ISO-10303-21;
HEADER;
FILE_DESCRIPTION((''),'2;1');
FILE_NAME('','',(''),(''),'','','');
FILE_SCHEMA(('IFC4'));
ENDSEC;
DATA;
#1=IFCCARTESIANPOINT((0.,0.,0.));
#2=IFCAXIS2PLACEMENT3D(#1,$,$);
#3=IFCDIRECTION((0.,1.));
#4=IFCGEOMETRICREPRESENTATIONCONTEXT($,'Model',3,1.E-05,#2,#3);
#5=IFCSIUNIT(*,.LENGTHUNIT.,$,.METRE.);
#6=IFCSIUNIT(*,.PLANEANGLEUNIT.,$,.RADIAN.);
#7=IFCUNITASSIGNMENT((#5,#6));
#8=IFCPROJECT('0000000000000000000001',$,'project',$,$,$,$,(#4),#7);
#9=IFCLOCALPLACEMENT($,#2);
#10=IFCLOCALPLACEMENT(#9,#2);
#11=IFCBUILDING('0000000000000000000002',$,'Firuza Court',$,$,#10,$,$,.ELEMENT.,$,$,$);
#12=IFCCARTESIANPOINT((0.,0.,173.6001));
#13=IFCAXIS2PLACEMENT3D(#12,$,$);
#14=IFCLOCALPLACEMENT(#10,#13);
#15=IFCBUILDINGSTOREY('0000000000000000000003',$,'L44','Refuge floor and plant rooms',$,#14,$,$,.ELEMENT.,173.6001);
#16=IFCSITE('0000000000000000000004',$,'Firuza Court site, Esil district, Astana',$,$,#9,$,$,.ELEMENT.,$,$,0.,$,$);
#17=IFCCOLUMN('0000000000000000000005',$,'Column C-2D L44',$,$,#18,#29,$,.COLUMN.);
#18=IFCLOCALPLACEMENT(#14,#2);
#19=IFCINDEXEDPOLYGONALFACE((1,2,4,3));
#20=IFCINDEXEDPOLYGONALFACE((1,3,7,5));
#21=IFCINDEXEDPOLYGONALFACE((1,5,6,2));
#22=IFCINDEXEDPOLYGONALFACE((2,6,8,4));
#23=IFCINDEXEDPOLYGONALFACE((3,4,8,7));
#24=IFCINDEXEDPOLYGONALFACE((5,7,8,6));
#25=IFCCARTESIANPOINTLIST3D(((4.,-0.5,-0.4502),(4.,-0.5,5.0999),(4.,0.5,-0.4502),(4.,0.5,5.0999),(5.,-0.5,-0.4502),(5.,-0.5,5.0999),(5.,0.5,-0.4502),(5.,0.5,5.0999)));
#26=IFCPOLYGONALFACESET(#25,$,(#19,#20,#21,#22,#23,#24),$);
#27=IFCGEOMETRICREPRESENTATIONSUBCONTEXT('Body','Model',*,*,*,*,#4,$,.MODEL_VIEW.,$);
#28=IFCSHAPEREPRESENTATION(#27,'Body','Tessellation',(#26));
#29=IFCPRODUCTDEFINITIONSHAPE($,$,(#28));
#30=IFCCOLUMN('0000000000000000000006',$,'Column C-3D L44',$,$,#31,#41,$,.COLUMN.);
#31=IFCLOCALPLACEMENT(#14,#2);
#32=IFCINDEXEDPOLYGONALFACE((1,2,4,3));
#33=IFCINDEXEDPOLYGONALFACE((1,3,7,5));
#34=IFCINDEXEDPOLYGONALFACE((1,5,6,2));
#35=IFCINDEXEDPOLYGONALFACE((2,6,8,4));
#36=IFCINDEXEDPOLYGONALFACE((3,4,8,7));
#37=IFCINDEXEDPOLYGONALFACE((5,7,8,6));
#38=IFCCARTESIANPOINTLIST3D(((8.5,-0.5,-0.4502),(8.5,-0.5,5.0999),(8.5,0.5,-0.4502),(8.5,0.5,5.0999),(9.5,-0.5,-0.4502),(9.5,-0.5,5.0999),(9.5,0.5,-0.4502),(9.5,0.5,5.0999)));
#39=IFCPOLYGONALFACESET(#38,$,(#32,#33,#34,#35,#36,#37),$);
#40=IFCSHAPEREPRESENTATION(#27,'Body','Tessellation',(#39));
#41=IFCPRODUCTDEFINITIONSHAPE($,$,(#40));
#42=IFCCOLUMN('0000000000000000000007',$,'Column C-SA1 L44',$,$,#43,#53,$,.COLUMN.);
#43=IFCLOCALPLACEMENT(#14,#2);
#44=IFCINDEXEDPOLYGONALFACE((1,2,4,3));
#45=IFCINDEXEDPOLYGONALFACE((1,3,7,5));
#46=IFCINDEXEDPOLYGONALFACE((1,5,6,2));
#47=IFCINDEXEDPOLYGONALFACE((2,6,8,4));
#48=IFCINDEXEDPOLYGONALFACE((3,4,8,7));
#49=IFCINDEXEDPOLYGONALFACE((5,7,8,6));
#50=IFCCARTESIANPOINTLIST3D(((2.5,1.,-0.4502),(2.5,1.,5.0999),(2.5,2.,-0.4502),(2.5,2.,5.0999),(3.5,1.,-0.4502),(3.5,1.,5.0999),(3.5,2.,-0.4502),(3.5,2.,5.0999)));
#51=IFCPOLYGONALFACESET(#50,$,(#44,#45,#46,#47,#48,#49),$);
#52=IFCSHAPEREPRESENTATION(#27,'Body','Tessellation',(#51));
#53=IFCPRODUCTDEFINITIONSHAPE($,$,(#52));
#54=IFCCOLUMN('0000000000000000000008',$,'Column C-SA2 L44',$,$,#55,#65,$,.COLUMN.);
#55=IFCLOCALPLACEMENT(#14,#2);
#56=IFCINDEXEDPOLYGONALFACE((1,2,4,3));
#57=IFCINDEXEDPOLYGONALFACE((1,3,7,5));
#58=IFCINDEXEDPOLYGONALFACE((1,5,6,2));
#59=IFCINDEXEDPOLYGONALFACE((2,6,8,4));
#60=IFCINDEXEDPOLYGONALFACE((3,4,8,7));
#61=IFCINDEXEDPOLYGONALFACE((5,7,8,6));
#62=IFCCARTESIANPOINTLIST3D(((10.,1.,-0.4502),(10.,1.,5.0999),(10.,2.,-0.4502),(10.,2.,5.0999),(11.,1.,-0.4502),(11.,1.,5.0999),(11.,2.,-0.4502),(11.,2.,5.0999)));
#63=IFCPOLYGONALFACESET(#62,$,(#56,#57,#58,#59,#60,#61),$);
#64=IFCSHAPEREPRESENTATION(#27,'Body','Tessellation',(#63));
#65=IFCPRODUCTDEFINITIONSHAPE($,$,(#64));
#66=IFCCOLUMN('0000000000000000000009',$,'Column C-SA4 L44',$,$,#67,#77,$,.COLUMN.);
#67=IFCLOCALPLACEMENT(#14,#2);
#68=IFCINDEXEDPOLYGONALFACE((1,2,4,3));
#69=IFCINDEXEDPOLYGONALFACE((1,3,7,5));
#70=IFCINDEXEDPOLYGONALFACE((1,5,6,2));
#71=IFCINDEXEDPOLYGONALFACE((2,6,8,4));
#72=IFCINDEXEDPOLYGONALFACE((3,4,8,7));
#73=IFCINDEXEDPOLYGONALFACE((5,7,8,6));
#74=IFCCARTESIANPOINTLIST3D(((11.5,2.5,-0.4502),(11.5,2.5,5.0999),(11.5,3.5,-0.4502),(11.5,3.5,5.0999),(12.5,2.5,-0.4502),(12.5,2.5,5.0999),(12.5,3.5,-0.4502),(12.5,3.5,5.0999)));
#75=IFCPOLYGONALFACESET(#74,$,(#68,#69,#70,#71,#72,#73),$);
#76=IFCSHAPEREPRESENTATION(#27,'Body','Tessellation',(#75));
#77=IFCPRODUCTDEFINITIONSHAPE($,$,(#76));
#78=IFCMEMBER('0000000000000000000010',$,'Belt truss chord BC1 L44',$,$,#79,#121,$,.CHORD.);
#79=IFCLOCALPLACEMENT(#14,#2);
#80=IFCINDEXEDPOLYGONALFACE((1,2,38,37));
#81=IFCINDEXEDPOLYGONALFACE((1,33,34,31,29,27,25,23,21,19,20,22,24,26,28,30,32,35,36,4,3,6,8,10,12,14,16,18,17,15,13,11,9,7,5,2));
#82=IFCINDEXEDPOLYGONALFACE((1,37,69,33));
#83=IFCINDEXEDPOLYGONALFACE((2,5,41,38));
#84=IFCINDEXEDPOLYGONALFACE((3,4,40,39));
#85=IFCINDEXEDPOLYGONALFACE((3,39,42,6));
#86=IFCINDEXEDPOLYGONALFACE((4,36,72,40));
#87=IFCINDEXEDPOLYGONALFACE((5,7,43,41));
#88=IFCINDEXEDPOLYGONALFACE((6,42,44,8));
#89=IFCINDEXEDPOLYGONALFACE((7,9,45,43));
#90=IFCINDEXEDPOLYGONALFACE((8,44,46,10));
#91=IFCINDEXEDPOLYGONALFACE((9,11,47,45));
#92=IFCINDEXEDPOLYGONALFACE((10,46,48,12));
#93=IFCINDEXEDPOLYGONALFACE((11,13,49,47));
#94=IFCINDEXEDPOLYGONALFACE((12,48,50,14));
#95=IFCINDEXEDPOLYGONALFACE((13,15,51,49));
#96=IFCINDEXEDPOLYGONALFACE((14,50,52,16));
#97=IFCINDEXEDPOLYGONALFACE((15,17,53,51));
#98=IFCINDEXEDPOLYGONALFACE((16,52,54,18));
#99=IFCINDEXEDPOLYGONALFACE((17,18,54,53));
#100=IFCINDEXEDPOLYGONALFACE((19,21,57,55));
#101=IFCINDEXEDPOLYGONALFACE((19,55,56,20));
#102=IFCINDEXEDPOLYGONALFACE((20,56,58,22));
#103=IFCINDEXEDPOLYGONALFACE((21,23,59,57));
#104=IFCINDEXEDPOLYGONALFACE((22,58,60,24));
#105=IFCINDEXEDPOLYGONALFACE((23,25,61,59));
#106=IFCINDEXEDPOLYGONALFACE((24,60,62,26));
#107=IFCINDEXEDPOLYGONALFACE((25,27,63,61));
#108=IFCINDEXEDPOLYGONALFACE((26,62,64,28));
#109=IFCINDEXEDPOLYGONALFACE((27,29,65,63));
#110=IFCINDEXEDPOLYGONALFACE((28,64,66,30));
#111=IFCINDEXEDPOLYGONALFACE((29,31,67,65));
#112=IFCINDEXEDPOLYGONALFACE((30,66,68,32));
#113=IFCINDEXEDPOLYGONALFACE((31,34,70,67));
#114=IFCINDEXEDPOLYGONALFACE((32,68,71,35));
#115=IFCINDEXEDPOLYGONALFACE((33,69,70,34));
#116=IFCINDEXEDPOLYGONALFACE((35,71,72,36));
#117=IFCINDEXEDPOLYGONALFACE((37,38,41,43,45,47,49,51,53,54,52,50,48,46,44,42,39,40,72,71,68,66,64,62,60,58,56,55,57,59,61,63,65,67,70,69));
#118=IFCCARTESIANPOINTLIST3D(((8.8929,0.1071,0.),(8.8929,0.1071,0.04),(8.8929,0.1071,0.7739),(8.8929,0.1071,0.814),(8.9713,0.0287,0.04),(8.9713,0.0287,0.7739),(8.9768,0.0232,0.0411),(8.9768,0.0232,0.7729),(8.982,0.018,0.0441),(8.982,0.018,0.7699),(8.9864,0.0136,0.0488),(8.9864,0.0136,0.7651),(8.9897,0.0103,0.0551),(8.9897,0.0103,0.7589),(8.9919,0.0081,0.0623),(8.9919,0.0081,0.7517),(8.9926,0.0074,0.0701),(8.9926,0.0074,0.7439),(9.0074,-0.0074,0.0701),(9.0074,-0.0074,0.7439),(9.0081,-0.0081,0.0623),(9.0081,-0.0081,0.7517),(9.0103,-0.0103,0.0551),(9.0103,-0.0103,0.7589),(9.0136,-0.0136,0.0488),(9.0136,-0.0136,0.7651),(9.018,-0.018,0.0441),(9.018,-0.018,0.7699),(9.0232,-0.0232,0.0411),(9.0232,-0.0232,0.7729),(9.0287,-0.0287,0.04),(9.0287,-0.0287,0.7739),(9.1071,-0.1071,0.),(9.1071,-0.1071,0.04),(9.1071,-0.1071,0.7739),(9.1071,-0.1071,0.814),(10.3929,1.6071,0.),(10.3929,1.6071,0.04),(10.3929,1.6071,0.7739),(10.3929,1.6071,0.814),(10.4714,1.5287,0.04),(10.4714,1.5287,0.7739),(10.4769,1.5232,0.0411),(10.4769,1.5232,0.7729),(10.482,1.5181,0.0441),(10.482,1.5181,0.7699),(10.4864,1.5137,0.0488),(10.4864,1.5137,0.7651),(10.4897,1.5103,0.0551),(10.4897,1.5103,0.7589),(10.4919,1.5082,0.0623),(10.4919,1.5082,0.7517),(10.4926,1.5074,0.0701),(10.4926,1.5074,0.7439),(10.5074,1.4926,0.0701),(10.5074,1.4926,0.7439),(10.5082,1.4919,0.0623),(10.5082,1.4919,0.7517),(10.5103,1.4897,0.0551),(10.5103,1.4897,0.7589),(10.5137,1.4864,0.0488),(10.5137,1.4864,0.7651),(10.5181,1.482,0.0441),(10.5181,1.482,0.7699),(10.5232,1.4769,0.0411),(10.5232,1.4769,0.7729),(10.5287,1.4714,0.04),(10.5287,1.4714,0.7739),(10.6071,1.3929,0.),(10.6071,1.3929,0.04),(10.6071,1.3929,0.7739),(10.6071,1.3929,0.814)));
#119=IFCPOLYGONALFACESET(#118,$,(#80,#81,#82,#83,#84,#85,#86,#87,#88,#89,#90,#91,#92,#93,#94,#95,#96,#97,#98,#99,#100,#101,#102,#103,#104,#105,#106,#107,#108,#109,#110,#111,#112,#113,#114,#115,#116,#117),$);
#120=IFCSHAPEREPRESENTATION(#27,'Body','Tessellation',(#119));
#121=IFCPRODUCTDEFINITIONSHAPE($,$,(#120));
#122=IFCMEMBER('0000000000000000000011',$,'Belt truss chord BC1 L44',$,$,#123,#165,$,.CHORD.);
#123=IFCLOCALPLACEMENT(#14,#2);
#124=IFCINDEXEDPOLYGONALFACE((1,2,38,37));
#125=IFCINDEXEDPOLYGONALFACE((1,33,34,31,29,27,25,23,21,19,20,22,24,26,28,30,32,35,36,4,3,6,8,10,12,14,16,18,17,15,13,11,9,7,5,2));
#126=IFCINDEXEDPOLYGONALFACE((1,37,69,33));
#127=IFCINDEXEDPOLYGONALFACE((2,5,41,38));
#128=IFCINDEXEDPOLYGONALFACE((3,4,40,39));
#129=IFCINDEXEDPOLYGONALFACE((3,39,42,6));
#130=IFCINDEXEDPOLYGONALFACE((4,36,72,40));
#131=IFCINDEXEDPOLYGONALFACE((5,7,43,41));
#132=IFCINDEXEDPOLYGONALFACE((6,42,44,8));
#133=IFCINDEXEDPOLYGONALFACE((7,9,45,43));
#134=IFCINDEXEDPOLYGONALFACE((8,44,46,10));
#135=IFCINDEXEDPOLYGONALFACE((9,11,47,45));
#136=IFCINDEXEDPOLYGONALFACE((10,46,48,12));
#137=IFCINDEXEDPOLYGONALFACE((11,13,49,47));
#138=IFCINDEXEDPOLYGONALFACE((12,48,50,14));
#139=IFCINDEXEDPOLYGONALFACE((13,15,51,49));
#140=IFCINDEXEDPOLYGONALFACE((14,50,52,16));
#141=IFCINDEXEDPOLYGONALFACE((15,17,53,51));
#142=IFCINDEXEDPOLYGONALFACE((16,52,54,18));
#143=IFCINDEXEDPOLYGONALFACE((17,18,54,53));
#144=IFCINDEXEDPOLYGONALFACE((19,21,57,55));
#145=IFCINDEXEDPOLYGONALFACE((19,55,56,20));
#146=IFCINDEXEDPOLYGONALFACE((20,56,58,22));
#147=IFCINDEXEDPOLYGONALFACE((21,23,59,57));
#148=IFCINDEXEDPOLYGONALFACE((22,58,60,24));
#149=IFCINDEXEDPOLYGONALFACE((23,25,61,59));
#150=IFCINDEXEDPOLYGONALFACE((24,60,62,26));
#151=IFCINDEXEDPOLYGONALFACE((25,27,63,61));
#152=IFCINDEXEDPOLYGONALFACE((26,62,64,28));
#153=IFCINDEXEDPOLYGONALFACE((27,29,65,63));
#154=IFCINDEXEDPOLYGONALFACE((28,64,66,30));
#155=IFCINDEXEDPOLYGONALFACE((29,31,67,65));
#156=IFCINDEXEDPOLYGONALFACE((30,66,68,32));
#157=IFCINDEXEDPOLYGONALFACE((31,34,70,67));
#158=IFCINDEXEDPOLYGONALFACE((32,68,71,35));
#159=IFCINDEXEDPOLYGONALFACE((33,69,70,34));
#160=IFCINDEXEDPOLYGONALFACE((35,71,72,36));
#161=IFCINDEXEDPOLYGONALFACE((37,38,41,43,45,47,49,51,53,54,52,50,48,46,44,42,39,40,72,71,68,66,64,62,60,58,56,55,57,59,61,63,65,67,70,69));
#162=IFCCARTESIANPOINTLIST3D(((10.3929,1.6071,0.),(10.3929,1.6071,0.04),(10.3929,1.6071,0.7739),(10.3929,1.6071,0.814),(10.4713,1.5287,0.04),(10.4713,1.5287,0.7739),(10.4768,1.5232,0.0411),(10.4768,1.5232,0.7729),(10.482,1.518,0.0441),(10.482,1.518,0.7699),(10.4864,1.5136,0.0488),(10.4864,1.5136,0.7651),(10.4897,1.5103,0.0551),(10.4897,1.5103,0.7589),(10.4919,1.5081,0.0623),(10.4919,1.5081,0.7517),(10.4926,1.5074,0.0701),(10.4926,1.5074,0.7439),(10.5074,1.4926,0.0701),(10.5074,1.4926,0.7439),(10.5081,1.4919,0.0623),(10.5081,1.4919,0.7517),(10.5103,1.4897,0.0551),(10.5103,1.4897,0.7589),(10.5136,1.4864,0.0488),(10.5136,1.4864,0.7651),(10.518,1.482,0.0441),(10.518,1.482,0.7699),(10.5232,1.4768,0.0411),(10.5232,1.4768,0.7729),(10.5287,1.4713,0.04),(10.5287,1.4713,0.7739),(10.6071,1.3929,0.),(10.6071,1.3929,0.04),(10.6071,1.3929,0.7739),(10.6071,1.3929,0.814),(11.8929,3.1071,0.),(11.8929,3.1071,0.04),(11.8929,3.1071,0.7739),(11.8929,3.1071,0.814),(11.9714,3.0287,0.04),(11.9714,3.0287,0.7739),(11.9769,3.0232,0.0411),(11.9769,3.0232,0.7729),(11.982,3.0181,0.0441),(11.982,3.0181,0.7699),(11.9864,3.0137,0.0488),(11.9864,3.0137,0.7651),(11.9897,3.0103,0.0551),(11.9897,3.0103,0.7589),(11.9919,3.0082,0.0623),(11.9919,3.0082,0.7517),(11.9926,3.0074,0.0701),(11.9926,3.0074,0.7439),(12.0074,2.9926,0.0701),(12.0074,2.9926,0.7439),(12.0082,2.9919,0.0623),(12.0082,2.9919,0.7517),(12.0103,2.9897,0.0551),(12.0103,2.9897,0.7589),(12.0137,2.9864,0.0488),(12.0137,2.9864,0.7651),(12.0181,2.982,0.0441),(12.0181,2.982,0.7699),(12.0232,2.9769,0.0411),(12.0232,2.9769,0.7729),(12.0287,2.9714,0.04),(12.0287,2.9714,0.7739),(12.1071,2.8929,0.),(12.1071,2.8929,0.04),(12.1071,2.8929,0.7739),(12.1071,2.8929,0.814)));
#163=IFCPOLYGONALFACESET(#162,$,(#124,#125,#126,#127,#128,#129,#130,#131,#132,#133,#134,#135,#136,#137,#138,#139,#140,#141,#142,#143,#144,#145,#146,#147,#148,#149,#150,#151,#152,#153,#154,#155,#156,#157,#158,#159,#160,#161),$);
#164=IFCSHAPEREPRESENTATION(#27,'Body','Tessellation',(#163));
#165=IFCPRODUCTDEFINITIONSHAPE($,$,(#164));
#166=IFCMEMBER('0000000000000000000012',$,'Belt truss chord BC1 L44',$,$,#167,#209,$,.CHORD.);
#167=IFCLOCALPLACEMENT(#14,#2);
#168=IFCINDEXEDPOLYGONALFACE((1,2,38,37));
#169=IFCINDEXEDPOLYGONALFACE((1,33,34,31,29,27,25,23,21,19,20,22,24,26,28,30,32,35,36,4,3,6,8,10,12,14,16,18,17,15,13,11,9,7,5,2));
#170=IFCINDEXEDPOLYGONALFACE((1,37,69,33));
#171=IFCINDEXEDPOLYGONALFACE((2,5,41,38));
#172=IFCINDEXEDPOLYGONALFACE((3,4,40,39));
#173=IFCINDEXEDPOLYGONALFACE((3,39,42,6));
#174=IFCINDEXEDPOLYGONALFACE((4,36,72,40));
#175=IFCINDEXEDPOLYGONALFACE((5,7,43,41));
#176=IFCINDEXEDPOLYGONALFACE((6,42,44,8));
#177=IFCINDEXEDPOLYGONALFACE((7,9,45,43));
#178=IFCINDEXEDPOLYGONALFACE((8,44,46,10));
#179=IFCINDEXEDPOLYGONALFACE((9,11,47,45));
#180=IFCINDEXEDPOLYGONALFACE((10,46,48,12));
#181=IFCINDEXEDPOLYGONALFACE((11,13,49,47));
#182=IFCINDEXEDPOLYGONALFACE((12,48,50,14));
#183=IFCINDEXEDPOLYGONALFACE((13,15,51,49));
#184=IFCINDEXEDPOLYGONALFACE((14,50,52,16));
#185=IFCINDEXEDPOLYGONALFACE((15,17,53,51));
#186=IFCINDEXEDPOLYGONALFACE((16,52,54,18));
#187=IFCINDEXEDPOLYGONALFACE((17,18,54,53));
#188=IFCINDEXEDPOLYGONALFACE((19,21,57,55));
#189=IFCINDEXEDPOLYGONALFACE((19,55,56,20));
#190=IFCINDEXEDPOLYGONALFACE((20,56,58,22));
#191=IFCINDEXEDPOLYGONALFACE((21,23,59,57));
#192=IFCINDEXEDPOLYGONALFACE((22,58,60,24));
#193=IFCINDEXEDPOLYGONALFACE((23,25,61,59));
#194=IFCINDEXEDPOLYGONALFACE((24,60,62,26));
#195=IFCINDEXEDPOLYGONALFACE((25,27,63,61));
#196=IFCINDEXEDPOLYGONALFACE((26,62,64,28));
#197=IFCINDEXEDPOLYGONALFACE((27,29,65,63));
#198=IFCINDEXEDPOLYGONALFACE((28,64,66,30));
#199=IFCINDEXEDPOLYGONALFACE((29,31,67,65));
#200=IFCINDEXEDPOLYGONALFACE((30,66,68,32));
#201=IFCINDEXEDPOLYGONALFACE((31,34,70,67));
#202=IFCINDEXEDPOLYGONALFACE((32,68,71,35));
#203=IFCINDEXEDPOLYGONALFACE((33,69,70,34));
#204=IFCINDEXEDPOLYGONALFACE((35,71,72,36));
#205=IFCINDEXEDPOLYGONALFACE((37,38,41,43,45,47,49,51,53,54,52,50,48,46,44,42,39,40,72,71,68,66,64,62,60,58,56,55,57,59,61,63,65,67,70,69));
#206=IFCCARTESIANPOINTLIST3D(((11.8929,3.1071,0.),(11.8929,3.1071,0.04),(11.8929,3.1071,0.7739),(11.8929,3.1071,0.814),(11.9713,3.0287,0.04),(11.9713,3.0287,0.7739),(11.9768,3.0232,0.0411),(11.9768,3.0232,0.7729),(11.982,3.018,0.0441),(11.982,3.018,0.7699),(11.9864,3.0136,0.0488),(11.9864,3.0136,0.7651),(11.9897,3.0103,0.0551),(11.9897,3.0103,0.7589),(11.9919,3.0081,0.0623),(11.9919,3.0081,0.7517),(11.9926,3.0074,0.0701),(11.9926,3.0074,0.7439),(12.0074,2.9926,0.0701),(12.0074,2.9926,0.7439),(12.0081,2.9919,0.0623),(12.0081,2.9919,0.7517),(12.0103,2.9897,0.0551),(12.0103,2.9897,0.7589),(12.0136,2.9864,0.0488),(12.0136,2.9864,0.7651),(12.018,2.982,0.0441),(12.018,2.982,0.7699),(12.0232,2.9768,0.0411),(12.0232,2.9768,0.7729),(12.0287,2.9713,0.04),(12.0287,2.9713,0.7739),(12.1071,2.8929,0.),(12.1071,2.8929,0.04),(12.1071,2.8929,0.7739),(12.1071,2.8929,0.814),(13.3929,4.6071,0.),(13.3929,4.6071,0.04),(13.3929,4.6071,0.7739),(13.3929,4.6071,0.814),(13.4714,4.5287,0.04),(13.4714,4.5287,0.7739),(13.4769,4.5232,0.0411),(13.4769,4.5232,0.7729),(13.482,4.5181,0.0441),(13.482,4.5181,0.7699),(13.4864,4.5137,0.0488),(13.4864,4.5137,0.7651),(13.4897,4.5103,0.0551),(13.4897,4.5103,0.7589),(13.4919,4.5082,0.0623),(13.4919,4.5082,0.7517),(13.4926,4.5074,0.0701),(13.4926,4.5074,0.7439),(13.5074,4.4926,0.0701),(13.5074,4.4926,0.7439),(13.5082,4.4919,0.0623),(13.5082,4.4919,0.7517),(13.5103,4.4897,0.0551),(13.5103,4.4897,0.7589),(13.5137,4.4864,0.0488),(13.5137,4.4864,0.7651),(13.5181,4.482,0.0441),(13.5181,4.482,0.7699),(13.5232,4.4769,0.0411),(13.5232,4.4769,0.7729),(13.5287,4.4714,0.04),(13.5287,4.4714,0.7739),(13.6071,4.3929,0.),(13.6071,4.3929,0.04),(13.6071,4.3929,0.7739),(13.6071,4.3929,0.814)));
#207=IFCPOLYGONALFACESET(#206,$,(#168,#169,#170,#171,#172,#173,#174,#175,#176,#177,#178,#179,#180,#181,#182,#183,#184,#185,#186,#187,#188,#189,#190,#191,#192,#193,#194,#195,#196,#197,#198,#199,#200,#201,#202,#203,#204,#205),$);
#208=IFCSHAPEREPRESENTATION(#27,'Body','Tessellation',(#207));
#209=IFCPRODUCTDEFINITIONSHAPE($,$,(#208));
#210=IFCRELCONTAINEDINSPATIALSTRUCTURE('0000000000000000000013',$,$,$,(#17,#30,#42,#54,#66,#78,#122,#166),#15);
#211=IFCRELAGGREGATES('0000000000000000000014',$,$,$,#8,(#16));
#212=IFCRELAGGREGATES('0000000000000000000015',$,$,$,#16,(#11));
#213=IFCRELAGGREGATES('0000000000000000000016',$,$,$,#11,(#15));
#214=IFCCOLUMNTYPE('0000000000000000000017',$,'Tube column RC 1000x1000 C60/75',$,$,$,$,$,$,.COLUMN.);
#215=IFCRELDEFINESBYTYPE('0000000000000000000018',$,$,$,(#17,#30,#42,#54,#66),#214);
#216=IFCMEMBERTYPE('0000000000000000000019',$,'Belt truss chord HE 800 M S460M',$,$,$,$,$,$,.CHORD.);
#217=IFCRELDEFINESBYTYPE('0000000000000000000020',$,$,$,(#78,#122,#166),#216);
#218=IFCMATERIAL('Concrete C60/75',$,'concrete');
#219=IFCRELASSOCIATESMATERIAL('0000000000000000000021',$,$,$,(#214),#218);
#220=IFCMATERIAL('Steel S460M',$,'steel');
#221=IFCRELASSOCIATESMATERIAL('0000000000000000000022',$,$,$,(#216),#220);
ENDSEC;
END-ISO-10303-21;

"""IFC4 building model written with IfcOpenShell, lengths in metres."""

from ifc_helpers import new_model, si_unit, direction, frame, origin, origin_2d, place, context, subcontext, project, spatial, rectangle, i_section, extrude, material, material_profile, profile_set, type_object, element, save


model = new_model("IFC4")

# Units and contexts
model_context = context("Model", 3, precision=1e-05, world=origin(), true_north=direction((0.0, 1.0)))
body_context = subcontext(model_context, "Body", "Model", "MODEL_VIEW")
ifc_project = project(units=[si_unit("LENGTHUNIT", "METRE"), si_unit("PLANEANGLEUNIT", "RADIAN")], contexts=[model_context])

# Site, building, storey
site_placement = place(None, origin())
site = spatial("IfcSite", under=ifc_project, at=site_placement, Name="Firuza Court site, Esil district, Astana", CompositionType="ELEMENT", RefElevation=0.0)
building_placement = place(site_placement, origin())
building = spatial("IfcBuilding", under=site, at=building_placement, Name="Firuza Court", CompositionType="ELEMENT")
storey_placement = place(building_placement, frame((0.0, 0.0, 173.6001)))
storey = spatial("IfcBuildingStorey", under=building, at=storey_placement, Name="L44", Description="Refuge floor and plant rooms", CompositionType="ELEMENT", Elevation=173.6001)

# Columns
ifc_material_1 = material(Name="Concrete C60/75", Category="concrete")
ifc_material_profile_1 = material_profile(ifc_material_1, rectangle(XDim=1.0, YDim=1.0, at=origin_2d()), Name="RC 1000x1000")
ifc_profile_set_1 = profile_set([ifc_material_profile_1], Name="Concrete C60/75")
column_type = type_object("IfcColumnType", Name="Tube column RC 1000x1000 C60/75", PredefinedType="COLUMN", material=ifc_profile_set_1)
for number, where, z_axis, x_axis, name in (
    (1, (4.5, 0.0, -0.4502), (0.0, 0.0, 1.0), (1.0, 0.0, 0.0), "Column C-2D L44"),
    (2, (9.0, 0.0, -0.4502), (0.0, 0.0, 1.0), (1.0, 0.0, 0.0), "Column C-3D L44"),
    (3, (3.0, 1.5, -0.4502), (0.0, 0.0, 1.0), (1.0, 0.0, 0.0), "Column C-SA1 L44"),
    (4, (10.5, 1.5, -0.4502), (0.0, 0.0, 1.0), (1.0, 0.0, 0.0), "Column C-SA2 L44"),
    (5, (12.0, 3.0, -0.4502), (0.0, 0.0, 1.0), (1.0, 0.0, 0.0), "Column C-SA4 L44"),
):
    element("IfcColumn", number, at=place(storey_placement, frame(where, z_axis=z_axis, x_axis=x_axis)), inside=storey, type_object=column_type, Name=name, PredefinedType="COLUMN", context=body_context, shape_type="SweptSolid", body=[
        extrude(rectangle(XDim=1.0, YDim=1.0, at=origin_2d()), origin(), (0.0, 0.0, 1.0), 5.55),
    ])

# Members
ifc_material_2 = material(Name="Steel S460M", Category="steel")
ifc_material_profile_2 = material_profile(ifc_material_2, i_section(OverallWidth=0.303, OverallDepth=0.814, WebThickness=0.021, FlangeThickness=0.04, FilletRadius=0.03, at=origin_2d()), Name="HE 800 M")
ifc_profile_set_2 = profile_set([ifc_material_profile_2], Name="Steel S460M")
member_type_1 = type_object("IfcMemberType", Name="Belt truss chord HE 800 M S460M", PredefinedType="CHORD", material=ifc_profile_set_2)
for number, where, z_axis, x_axis, name in (
    (6, (9.0, 0.0, 0.407), (0.707107, 0.707107, 0.0), (-0.707107, 0.707107, 0.0), "Belt truss chord BC1 L44"),
    (7, (10.5, 1.5, 0.407), (0.707107, 0.707107, 0.0), (-0.707107, 0.707107, 0.0), "Belt truss chord BC1 L44"),
    (8, (12.0, 3.0, 0.407), (0.707107, 0.707107, 0.0), (-0.707107, 0.707107, 0.0), "Belt truss chord BC1 L44"),
):
    element("IfcMember", number, at=place(storey_placement, frame(where, z_axis=z_axis, x_axis=x_axis)), inside=storey, type_object=member_type_1, Name=name, PredefinedType="CHORD", context=body_context, shape_type="SweptSolid", body=[
        extrude(i_section(OverallWidth=0.303, OverallDepth=0.814, WebThickness=0.021, FlangeThickness=0.04, FilletRadius=0.03, at=origin_2d()), origin(), (0.0, 0.0, 1.0), 2.1213),
    ])

save(model, "model.ifc")
